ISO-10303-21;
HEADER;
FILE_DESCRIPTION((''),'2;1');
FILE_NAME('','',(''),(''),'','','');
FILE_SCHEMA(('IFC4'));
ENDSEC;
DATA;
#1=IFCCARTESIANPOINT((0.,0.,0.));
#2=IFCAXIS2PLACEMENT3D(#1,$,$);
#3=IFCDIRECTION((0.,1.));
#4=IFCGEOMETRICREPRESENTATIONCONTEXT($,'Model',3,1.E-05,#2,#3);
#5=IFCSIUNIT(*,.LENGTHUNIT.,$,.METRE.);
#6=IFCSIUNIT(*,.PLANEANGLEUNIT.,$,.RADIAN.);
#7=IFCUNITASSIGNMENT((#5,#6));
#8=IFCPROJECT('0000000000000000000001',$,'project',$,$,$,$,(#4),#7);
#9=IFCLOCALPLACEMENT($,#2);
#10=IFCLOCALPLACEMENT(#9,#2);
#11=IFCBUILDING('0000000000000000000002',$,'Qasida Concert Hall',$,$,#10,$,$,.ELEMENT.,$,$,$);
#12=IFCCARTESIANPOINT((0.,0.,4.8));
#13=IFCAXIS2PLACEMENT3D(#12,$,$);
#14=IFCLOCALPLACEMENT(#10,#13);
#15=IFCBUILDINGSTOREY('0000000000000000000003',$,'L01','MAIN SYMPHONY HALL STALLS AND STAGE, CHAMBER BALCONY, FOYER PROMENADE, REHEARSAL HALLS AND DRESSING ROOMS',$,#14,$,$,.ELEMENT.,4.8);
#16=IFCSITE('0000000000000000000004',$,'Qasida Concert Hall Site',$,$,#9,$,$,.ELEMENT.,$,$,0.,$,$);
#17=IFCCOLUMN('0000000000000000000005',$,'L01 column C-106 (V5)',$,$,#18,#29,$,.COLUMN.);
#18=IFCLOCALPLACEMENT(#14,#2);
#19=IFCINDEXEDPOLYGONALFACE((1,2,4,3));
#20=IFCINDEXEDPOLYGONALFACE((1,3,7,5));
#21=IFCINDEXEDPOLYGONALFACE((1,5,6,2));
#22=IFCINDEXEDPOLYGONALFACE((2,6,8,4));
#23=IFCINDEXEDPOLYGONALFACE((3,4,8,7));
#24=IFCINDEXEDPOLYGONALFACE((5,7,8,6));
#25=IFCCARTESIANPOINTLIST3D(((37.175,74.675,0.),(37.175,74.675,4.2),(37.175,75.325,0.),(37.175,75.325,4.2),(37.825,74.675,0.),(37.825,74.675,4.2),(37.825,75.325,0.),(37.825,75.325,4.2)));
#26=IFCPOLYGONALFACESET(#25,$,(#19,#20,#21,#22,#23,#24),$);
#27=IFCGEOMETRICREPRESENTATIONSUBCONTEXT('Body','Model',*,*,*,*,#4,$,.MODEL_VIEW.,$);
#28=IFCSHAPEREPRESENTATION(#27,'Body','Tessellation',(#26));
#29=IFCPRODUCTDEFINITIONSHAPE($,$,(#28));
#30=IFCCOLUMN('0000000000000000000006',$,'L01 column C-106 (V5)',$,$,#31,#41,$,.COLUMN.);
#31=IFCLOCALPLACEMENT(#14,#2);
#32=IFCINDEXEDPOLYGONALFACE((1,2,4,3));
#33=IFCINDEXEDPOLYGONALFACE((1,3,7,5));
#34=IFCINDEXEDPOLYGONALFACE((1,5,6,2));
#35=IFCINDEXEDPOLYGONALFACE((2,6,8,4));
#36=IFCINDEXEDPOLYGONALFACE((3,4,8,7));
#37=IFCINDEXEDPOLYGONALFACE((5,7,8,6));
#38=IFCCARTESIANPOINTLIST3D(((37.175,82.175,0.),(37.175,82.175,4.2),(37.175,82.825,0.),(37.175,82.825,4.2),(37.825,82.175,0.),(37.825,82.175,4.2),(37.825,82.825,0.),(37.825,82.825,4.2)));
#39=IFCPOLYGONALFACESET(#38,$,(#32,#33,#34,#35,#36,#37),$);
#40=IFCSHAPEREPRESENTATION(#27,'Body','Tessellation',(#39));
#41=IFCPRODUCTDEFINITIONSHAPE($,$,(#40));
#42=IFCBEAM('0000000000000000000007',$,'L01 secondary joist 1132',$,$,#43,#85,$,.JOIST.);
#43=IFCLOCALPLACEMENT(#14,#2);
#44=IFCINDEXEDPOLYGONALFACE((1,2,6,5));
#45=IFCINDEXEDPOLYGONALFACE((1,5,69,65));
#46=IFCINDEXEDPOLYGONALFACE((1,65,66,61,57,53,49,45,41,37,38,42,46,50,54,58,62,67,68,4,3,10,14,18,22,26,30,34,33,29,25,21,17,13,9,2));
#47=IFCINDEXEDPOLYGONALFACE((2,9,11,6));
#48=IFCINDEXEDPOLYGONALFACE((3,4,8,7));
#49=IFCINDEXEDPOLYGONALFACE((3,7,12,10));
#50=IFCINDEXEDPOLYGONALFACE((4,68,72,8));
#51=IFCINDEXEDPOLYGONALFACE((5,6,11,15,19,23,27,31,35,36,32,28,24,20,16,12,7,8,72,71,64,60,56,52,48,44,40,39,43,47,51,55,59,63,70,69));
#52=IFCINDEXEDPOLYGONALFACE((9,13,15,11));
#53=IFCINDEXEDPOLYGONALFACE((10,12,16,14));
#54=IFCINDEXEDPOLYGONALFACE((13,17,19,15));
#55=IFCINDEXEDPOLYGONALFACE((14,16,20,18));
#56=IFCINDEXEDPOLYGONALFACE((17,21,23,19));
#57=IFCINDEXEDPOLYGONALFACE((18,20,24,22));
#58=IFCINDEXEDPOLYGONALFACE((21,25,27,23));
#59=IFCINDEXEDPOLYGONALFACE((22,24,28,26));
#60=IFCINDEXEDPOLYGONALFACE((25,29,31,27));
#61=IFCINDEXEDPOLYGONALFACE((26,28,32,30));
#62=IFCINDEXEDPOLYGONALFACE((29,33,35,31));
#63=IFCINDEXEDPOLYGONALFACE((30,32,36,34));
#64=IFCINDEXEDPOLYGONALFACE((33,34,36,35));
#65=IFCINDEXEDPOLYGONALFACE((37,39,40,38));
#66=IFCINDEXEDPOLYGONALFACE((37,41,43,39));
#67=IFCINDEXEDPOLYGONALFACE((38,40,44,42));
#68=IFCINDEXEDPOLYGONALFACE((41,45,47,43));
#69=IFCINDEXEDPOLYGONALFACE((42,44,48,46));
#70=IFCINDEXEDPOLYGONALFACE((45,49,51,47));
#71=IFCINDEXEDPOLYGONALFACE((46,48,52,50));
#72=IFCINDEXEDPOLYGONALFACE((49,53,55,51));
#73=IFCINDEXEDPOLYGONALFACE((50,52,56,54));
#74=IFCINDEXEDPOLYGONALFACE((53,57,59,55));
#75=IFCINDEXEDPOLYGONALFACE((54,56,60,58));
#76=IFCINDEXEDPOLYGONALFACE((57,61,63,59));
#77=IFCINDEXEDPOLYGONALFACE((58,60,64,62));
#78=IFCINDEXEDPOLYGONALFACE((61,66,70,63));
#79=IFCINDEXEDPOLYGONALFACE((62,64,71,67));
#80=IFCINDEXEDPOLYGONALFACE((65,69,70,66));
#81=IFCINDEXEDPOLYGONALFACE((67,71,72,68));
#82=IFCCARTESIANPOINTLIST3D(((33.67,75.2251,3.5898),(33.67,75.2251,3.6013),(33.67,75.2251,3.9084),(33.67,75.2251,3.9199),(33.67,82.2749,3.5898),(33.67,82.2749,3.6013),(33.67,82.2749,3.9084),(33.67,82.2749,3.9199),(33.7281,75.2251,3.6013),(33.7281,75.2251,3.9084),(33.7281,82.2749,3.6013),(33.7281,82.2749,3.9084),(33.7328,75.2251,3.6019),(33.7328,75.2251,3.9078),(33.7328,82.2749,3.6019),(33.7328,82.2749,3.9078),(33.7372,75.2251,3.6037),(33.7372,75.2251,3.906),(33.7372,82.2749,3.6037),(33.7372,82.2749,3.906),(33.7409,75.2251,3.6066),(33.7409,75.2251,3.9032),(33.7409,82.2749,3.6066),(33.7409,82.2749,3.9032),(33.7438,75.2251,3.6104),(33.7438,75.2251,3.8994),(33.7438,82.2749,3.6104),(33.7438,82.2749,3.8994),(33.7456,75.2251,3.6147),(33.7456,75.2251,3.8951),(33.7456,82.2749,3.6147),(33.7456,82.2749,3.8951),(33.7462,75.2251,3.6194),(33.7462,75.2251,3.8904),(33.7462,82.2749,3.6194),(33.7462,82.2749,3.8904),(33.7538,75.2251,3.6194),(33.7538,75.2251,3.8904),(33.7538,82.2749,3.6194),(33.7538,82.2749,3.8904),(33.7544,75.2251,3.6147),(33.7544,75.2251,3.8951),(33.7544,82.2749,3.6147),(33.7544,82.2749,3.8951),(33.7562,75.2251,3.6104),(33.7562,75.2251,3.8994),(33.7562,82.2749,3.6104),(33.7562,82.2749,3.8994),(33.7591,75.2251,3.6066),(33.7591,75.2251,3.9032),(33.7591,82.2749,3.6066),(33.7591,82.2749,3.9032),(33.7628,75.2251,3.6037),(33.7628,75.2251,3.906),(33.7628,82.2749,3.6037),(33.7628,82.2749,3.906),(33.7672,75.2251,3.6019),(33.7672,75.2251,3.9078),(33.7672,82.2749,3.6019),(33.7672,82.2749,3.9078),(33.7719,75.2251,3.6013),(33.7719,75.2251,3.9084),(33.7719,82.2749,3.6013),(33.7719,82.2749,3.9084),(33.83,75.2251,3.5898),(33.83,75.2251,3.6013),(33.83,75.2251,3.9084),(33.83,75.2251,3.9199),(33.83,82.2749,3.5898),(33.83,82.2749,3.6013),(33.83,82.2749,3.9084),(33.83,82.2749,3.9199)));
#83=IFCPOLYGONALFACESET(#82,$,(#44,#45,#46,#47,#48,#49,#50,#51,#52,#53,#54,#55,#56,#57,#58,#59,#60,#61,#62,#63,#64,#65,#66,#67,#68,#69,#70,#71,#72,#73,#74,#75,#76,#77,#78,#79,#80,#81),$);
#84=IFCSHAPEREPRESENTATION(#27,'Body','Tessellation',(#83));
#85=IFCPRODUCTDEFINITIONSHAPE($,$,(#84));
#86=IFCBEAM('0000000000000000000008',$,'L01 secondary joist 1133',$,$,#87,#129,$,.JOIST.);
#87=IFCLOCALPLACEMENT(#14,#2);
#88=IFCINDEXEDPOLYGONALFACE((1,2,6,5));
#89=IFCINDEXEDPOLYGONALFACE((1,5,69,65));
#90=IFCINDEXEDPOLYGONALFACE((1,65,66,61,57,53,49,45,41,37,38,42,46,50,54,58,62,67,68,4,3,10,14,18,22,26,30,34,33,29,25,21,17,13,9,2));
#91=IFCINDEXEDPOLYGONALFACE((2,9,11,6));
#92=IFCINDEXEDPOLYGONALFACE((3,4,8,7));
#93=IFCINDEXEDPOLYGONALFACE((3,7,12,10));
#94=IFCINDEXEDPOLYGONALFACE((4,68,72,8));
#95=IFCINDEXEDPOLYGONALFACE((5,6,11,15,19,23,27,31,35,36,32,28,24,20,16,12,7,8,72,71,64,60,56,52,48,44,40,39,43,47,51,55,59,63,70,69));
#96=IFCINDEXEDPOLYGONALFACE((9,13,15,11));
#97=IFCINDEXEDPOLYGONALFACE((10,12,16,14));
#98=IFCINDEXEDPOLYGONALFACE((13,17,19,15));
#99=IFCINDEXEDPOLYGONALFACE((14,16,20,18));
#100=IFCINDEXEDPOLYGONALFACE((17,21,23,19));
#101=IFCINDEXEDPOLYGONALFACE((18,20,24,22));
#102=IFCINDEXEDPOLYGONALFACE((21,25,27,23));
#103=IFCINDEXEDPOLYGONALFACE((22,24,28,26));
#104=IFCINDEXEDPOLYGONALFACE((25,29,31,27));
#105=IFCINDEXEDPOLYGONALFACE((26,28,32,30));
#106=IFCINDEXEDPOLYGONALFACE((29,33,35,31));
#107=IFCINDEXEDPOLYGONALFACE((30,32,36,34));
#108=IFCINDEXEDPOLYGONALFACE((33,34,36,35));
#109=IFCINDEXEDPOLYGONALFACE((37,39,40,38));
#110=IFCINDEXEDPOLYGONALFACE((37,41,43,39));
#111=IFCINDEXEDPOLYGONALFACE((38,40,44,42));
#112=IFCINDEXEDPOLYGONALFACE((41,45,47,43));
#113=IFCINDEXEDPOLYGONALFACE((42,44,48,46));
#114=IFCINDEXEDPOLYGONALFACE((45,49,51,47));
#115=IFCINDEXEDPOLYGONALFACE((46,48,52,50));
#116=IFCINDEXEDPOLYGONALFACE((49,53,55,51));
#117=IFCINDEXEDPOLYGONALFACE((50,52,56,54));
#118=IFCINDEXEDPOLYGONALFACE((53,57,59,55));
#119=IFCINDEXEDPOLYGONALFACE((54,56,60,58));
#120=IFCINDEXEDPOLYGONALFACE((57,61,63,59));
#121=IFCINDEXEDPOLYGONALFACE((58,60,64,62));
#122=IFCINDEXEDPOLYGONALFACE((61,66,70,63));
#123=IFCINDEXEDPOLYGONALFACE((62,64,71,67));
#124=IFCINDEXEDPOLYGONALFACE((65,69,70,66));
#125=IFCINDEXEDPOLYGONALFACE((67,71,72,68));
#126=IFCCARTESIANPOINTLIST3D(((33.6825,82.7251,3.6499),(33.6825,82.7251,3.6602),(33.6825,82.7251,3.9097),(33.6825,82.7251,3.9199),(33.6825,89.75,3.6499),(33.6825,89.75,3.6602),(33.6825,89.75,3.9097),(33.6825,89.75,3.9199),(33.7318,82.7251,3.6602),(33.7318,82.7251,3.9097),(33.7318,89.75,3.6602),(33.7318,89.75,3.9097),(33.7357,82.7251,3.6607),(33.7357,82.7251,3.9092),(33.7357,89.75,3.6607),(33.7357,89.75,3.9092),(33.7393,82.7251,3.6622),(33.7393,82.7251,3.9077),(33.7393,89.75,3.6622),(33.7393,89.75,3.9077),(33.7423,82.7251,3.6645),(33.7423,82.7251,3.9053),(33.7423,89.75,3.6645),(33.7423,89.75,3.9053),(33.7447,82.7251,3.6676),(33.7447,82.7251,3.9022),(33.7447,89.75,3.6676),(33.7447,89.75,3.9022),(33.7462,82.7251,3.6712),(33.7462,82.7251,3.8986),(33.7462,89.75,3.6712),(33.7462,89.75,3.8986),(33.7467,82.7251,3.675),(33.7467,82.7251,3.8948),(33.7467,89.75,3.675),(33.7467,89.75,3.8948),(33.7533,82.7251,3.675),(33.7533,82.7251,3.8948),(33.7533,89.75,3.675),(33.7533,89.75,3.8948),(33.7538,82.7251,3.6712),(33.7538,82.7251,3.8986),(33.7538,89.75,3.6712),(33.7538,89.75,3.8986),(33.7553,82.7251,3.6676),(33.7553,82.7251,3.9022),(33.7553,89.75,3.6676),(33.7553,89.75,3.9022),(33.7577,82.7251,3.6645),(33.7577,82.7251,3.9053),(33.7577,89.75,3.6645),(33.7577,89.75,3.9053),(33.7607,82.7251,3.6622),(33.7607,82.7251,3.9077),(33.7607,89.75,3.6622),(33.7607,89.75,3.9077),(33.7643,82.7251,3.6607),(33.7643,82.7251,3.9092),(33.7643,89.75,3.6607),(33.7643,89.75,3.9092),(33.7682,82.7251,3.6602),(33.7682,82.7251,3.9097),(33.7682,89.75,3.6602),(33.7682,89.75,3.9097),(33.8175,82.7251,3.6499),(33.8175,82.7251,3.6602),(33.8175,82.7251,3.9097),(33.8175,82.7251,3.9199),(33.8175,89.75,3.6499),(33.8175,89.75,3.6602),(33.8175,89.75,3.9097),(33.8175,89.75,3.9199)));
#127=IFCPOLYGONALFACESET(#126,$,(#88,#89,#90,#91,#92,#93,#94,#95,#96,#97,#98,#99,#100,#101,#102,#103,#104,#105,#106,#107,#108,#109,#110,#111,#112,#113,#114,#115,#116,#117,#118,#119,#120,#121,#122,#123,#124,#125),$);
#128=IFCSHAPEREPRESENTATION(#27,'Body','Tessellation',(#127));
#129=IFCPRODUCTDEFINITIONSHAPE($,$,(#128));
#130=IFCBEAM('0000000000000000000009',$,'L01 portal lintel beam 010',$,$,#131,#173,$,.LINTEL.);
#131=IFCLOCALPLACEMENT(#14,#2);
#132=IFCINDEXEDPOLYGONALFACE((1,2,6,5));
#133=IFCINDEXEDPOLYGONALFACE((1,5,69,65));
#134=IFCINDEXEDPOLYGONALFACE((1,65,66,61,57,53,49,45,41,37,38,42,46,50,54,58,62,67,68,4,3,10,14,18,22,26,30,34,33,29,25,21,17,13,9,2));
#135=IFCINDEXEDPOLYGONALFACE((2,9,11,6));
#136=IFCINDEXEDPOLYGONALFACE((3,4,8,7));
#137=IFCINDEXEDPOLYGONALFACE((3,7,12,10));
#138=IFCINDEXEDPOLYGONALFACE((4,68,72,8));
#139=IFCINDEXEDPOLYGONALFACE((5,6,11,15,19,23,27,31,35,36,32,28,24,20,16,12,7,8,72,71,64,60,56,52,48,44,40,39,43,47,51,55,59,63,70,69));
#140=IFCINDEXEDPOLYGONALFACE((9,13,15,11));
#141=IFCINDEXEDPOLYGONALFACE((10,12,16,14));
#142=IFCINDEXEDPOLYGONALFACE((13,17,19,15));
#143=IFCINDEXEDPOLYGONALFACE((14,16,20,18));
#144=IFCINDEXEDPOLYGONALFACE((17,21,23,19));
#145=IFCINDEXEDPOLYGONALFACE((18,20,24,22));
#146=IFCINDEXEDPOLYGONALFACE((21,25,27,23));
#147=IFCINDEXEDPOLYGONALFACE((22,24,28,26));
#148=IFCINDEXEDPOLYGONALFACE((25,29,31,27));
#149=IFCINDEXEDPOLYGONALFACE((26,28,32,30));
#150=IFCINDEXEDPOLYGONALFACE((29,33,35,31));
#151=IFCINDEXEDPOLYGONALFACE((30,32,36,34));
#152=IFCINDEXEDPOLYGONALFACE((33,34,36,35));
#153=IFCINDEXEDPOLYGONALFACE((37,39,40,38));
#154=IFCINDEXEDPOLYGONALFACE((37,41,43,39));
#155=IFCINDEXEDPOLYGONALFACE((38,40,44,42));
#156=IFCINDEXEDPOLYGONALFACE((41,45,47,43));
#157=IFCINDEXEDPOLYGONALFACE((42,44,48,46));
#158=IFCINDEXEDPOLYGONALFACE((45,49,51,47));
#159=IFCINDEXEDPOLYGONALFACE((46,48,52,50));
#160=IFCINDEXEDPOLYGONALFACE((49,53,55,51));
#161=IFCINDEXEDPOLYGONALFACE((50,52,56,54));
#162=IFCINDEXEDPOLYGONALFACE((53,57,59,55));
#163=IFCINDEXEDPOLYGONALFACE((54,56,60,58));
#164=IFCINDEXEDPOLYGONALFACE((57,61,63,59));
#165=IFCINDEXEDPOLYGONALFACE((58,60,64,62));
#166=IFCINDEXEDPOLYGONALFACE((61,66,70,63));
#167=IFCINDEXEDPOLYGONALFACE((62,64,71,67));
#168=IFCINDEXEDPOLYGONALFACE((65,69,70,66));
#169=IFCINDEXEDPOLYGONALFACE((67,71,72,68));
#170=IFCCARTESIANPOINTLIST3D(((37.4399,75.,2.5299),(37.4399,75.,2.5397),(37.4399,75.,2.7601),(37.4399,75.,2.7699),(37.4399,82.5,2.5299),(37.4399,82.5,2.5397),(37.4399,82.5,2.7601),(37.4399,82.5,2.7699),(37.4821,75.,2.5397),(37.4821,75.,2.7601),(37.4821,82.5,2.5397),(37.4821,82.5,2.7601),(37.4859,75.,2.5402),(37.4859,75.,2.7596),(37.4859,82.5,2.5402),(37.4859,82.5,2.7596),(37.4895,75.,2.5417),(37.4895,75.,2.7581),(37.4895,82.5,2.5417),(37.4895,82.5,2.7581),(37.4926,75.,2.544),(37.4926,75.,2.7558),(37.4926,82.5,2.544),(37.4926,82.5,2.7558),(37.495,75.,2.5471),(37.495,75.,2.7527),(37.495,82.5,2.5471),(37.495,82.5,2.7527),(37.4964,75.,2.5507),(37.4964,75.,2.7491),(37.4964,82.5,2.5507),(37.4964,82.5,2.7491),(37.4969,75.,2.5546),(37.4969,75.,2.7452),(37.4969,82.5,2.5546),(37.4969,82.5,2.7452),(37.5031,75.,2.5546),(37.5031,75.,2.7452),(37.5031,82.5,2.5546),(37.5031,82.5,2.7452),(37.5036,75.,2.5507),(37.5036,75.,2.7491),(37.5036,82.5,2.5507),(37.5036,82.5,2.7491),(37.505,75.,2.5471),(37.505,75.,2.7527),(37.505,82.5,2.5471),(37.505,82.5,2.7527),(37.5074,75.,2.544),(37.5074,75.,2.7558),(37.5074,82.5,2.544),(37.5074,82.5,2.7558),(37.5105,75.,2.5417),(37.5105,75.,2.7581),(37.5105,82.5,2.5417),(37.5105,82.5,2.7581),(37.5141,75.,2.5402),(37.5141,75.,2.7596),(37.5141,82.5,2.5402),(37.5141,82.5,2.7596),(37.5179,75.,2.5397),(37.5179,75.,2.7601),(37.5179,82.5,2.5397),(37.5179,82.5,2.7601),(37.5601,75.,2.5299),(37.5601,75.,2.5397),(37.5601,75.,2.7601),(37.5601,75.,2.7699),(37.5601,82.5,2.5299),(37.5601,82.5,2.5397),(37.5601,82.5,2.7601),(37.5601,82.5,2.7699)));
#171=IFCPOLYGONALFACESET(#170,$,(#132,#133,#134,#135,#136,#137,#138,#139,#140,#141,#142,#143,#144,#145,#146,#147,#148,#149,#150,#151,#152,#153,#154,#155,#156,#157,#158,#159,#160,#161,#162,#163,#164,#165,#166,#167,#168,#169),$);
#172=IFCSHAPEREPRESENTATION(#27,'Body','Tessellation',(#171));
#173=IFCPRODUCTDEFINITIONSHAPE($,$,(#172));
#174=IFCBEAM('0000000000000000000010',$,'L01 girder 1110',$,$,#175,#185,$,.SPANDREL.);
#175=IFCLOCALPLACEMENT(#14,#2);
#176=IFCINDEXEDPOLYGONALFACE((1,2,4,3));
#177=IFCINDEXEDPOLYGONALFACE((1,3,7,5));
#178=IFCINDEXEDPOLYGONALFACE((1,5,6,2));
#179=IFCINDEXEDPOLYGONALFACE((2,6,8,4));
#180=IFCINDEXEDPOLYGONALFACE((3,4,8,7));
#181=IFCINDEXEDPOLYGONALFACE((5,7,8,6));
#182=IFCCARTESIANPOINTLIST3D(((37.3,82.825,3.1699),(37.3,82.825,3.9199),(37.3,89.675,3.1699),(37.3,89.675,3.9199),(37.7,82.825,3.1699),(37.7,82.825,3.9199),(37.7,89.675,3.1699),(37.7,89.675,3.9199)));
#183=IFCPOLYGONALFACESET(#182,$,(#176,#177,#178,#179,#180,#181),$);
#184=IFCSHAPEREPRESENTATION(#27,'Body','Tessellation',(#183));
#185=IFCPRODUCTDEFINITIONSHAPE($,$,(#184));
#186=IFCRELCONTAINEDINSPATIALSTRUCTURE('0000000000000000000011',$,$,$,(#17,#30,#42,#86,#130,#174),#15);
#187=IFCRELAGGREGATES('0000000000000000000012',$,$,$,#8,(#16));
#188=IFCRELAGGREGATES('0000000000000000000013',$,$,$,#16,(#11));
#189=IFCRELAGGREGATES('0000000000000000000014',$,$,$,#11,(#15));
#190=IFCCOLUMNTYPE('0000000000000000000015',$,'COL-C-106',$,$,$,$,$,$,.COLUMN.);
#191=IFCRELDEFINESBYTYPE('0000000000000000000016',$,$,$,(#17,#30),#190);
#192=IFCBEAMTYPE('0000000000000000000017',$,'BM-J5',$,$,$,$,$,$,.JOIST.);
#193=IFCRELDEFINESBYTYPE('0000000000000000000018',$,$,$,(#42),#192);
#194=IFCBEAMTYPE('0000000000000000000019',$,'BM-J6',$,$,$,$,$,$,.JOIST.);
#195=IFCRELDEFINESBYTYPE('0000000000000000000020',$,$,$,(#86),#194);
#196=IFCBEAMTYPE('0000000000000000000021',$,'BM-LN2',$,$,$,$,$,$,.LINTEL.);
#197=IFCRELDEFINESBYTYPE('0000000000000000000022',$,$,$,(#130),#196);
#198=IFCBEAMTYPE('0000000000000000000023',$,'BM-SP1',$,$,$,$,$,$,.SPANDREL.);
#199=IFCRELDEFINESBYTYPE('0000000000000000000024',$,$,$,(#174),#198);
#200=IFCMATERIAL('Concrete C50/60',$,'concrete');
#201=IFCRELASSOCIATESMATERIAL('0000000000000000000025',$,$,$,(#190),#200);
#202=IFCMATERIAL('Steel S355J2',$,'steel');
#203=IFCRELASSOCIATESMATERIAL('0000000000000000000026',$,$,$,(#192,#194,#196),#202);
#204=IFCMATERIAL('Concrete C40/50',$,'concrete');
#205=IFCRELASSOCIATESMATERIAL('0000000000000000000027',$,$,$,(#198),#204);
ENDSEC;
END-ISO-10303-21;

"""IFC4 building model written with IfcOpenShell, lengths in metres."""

from ifc_helpers import new_model, si_unit, direction, frame, origin, origin_2d, place, context, subcontext, project, spatial, rectangle, i_section, extrude, material, material_profile, profile_set, type_object, element, save


model = new_model("IFC4")

# Units and contexts
model_context = context("Model", 3, precision=1e-05, world=origin(), true_north=direction((0.0, 1.0)))
body_context = subcontext(model_context, "Body", "Model", "MODEL_VIEW")
ifc_project = project(units=[si_unit("LENGTHUNIT", "METRE"), si_unit("PLANEANGLEUNIT", "RADIAN")], contexts=[model_context])

# Site, building, storey
site_placement = place(None, origin())
site = spatial("IfcSite", under=ifc_project, at=site_placement, Name="Qasida Concert Hall Site", CompositionType="ELEMENT", RefElevation=0.0)
building_placement = place(site_placement, origin())
building = spatial("IfcBuilding", under=site, at=building_placement, Name="Qasida Concert Hall", CompositionType="ELEMENT")
storey_placement = place(building_placement, frame((0.0, 0.0, 4.8)))
storey = spatial("IfcBuildingStorey", under=building, at=storey_placement, Name="L01", Description="MAIN SYMPHONY HALL STALLS AND STAGE, CHAMBER BALCONY, FOYER PROMENADE, REHEARSAL HALLS AND DRESSING ROOMS", CompositionType="ELEMENT", Elevation=4.8)

# Columns
ifc_material_1 = material(Name="Concrete C50/60", Category="concrete")
ifc_material_profile_1 = material_profile(ifc_material_1, rectangle(XDim=0.6499, YDim=0.6499, at=origin_2d()), Name="RC 650x650")
ifc_profile_set_1 = profile_set([ifc_material_profile_1], Name="Concrete C50/60")
column_type = type_object("IfcColumnType", Name="COL-C-106", PredefinedType="COLUMN", material=ifc_profile_set_1)
for number, where, z_axis, x_axis, name in (
    (1, (37.5, 75.0, 0.0), (0.0, 0.0, 1.0), (1.0, 0.0, 0.0), "L01 column C-106 (V5)"),
    (2, (37.5, 82.5, 0.0), (0.0, 0.0, 1.0), (1.0, 0.0, 0.0), "L01 column C-106 (V5)"),
):
    element("IfcColumn", number, at=place(storey_placement, frame(where, z_axis=z_axis, x_axis=x_axis)), inside=storey, type_object=column_type, Name=name, PredefinedType="COLUMN", context=body_context, shape_type="SweptSolid", body=[
        extrude(rectangle(XDim=0.6499, YDim=0.6499, at=origin_2d()), origin(), (0.0, 0.0, 1.0), 4.2),
    ])

# Beams
ifc_material_2 = material(Name="Steel S355J2", Category="steel")
ifc_material_profile_2 = material_profile(ifc_material_2, i_section(OverallWidth=0.1599, OverallDepth=0.3301, WebThickness=0.0076, FlangeThickness=0.0115, FilletRadius=0.0181, at=origin_2d()), Name="IPE 330")
ifc_profile_set_2 = profile_set([ifc_material_profile_2], Name="Steel S355J2")
beam_type_1 = type_object("IfcBeamType", Name="BM-J5", PredefinedType="JOIST", material=ifc_profile_set_2)
beam_1_placement = place(storey_placement, frame((33.75, 75.2251, 3.7549), z_axis=(0.0, 1.0, 0.0), x_axis=(-1.0, 0.0, 0.0)))
element("IfcBeam", 3, at=beam_1_placement, inside=storey, type_object=beam_type_1, Name="L01 secondary joist 1132", PredefinedType="JOIST", context=body_context, shape_type="SweptSolid", body=[
    extrude(i_section(OverallWidth=0.1599, OverallDepth=0.3301, WebThickness=0.0076, FlangeThickness=0.0115, FilletRadius=0.0181, at=origin_2d()), origin(), (0.0, 0.0, 1.0), 7.0498),
])
ifc_material_profile_3 = material_profile(ifc_material_2, i_section(OverallWidth=0.135, OverallDepth=0.27, WebThickness=0.0066, FlangeThickness=0.0103, FilletRadius=0.0149, at=origin_2d()), Name="IPE 270")
ifc_profile_set_3 = profile_set([ifc_material_profile_3], Name="Steel S355J2")
beam_type_2 = type_object("IfcBeamType", Name="BM-J6", PredefinedType="JOIST", material=ifc_profile_set_3)
beam_2_placement = place(storey_placement, frame((33.75, 82.7251, 3.7849), z_axis=(0.0, 1.0, 0.0), x_axis=(-1.0, 0.0, 0.0)))
element("IfcBeam", 4, at=beam_2_placement, inside=storey, type_object=beam_type_2, Name="L01 secondary joist 1133", PredefinedType="JOIST", context=body_context, shape_type="SweptSolid", body=[
    extrude(i_section(OverallWidth=0.135, OverallDepth=0.27, WebThickness=0.0066, FlangeThickness=0.0103, FilletRadius=0.0149, at=origin_2d()), origin(), (0.0, 0.0, 1.0), 7.0249),
])
ifc_material_profile_4 = material_profile(ifc_material_2, i_section(OverallWidth=0.1201, OverallDepth=0.24, WebThickness=0.0061, FlangeThickness=0.0098, FilletRadius=0.0149, at=origin_2d()), Name="IPE 240")
ifc_profile_set_4 = profile_set([ifc_material_profile_4], Name="Steel S355J2")
beam_type_3 = type_object("IfcBeamType", Name="BM-LN2", PredefinedType="LINTEL", material=ifc_profile_set_4)
beam_3_placement = place(storey_placement, frame((37.5, 75.0, 2.6499), z_axis=(0.0, 1.0, 0.0), x_axis=(-1.0, 0.0, 0.0)))
element("IfcBeam", 5, at=beam_3_placement, inside=storey, type_object=beam_type_3, Name="L01 portal lintel beam 010", PredefinedType="LINTEL", context=body_context, shape_type="SweptSolid", body=[
    extrude(i_section(OverallWidth=0.1201, OverallDepth=0.24, WebThickness=0.0061, FlangeThickness=0.0098, FilletRadius=0.0149, at=origin_2d()), origin(), (0.0, 0.0, 1.0), 7.5),
])
ifc_material_3 = material(Name="Concrete C40/50", Category="concrete")
ifc_material_profile_5 = material_profile(ifc_material_3, rectangle(XDim=0.3999, YDim=0.75, at=origin_2d()), Name="RC 400x750")
ifc_profile_set_5 = profile_set([ifc_material_profile_5], Name="Concrete C40/50")
beam_type_4 = type_object("IfcBeamType", Name="BM-SP1", PredefinedType="SPANDREL", material=ifc_profile_set_5)
beam_4_placement = place(storey_placement, frame((37.5, 82.825, 3.5449), z_axis=(0.0, 1.0, 0.0), x_axis=(-1.0, 0.0, 0.0)))
element("IfcBeam", 6, at=beam_4_placement, inside=storey, type_object=beam_type_4, Name="L01 girder 1110", PredefinedType="SPANDREL", context=body_context, shape_type="SweptSolid", body=[
    extrude(rectangle(XDim=0.3999, YDim=0.75, at=origin_2d()), origin(), (0.0, 0.0, 1.0), 6.8501),
])

save(model, "model.ifc")
